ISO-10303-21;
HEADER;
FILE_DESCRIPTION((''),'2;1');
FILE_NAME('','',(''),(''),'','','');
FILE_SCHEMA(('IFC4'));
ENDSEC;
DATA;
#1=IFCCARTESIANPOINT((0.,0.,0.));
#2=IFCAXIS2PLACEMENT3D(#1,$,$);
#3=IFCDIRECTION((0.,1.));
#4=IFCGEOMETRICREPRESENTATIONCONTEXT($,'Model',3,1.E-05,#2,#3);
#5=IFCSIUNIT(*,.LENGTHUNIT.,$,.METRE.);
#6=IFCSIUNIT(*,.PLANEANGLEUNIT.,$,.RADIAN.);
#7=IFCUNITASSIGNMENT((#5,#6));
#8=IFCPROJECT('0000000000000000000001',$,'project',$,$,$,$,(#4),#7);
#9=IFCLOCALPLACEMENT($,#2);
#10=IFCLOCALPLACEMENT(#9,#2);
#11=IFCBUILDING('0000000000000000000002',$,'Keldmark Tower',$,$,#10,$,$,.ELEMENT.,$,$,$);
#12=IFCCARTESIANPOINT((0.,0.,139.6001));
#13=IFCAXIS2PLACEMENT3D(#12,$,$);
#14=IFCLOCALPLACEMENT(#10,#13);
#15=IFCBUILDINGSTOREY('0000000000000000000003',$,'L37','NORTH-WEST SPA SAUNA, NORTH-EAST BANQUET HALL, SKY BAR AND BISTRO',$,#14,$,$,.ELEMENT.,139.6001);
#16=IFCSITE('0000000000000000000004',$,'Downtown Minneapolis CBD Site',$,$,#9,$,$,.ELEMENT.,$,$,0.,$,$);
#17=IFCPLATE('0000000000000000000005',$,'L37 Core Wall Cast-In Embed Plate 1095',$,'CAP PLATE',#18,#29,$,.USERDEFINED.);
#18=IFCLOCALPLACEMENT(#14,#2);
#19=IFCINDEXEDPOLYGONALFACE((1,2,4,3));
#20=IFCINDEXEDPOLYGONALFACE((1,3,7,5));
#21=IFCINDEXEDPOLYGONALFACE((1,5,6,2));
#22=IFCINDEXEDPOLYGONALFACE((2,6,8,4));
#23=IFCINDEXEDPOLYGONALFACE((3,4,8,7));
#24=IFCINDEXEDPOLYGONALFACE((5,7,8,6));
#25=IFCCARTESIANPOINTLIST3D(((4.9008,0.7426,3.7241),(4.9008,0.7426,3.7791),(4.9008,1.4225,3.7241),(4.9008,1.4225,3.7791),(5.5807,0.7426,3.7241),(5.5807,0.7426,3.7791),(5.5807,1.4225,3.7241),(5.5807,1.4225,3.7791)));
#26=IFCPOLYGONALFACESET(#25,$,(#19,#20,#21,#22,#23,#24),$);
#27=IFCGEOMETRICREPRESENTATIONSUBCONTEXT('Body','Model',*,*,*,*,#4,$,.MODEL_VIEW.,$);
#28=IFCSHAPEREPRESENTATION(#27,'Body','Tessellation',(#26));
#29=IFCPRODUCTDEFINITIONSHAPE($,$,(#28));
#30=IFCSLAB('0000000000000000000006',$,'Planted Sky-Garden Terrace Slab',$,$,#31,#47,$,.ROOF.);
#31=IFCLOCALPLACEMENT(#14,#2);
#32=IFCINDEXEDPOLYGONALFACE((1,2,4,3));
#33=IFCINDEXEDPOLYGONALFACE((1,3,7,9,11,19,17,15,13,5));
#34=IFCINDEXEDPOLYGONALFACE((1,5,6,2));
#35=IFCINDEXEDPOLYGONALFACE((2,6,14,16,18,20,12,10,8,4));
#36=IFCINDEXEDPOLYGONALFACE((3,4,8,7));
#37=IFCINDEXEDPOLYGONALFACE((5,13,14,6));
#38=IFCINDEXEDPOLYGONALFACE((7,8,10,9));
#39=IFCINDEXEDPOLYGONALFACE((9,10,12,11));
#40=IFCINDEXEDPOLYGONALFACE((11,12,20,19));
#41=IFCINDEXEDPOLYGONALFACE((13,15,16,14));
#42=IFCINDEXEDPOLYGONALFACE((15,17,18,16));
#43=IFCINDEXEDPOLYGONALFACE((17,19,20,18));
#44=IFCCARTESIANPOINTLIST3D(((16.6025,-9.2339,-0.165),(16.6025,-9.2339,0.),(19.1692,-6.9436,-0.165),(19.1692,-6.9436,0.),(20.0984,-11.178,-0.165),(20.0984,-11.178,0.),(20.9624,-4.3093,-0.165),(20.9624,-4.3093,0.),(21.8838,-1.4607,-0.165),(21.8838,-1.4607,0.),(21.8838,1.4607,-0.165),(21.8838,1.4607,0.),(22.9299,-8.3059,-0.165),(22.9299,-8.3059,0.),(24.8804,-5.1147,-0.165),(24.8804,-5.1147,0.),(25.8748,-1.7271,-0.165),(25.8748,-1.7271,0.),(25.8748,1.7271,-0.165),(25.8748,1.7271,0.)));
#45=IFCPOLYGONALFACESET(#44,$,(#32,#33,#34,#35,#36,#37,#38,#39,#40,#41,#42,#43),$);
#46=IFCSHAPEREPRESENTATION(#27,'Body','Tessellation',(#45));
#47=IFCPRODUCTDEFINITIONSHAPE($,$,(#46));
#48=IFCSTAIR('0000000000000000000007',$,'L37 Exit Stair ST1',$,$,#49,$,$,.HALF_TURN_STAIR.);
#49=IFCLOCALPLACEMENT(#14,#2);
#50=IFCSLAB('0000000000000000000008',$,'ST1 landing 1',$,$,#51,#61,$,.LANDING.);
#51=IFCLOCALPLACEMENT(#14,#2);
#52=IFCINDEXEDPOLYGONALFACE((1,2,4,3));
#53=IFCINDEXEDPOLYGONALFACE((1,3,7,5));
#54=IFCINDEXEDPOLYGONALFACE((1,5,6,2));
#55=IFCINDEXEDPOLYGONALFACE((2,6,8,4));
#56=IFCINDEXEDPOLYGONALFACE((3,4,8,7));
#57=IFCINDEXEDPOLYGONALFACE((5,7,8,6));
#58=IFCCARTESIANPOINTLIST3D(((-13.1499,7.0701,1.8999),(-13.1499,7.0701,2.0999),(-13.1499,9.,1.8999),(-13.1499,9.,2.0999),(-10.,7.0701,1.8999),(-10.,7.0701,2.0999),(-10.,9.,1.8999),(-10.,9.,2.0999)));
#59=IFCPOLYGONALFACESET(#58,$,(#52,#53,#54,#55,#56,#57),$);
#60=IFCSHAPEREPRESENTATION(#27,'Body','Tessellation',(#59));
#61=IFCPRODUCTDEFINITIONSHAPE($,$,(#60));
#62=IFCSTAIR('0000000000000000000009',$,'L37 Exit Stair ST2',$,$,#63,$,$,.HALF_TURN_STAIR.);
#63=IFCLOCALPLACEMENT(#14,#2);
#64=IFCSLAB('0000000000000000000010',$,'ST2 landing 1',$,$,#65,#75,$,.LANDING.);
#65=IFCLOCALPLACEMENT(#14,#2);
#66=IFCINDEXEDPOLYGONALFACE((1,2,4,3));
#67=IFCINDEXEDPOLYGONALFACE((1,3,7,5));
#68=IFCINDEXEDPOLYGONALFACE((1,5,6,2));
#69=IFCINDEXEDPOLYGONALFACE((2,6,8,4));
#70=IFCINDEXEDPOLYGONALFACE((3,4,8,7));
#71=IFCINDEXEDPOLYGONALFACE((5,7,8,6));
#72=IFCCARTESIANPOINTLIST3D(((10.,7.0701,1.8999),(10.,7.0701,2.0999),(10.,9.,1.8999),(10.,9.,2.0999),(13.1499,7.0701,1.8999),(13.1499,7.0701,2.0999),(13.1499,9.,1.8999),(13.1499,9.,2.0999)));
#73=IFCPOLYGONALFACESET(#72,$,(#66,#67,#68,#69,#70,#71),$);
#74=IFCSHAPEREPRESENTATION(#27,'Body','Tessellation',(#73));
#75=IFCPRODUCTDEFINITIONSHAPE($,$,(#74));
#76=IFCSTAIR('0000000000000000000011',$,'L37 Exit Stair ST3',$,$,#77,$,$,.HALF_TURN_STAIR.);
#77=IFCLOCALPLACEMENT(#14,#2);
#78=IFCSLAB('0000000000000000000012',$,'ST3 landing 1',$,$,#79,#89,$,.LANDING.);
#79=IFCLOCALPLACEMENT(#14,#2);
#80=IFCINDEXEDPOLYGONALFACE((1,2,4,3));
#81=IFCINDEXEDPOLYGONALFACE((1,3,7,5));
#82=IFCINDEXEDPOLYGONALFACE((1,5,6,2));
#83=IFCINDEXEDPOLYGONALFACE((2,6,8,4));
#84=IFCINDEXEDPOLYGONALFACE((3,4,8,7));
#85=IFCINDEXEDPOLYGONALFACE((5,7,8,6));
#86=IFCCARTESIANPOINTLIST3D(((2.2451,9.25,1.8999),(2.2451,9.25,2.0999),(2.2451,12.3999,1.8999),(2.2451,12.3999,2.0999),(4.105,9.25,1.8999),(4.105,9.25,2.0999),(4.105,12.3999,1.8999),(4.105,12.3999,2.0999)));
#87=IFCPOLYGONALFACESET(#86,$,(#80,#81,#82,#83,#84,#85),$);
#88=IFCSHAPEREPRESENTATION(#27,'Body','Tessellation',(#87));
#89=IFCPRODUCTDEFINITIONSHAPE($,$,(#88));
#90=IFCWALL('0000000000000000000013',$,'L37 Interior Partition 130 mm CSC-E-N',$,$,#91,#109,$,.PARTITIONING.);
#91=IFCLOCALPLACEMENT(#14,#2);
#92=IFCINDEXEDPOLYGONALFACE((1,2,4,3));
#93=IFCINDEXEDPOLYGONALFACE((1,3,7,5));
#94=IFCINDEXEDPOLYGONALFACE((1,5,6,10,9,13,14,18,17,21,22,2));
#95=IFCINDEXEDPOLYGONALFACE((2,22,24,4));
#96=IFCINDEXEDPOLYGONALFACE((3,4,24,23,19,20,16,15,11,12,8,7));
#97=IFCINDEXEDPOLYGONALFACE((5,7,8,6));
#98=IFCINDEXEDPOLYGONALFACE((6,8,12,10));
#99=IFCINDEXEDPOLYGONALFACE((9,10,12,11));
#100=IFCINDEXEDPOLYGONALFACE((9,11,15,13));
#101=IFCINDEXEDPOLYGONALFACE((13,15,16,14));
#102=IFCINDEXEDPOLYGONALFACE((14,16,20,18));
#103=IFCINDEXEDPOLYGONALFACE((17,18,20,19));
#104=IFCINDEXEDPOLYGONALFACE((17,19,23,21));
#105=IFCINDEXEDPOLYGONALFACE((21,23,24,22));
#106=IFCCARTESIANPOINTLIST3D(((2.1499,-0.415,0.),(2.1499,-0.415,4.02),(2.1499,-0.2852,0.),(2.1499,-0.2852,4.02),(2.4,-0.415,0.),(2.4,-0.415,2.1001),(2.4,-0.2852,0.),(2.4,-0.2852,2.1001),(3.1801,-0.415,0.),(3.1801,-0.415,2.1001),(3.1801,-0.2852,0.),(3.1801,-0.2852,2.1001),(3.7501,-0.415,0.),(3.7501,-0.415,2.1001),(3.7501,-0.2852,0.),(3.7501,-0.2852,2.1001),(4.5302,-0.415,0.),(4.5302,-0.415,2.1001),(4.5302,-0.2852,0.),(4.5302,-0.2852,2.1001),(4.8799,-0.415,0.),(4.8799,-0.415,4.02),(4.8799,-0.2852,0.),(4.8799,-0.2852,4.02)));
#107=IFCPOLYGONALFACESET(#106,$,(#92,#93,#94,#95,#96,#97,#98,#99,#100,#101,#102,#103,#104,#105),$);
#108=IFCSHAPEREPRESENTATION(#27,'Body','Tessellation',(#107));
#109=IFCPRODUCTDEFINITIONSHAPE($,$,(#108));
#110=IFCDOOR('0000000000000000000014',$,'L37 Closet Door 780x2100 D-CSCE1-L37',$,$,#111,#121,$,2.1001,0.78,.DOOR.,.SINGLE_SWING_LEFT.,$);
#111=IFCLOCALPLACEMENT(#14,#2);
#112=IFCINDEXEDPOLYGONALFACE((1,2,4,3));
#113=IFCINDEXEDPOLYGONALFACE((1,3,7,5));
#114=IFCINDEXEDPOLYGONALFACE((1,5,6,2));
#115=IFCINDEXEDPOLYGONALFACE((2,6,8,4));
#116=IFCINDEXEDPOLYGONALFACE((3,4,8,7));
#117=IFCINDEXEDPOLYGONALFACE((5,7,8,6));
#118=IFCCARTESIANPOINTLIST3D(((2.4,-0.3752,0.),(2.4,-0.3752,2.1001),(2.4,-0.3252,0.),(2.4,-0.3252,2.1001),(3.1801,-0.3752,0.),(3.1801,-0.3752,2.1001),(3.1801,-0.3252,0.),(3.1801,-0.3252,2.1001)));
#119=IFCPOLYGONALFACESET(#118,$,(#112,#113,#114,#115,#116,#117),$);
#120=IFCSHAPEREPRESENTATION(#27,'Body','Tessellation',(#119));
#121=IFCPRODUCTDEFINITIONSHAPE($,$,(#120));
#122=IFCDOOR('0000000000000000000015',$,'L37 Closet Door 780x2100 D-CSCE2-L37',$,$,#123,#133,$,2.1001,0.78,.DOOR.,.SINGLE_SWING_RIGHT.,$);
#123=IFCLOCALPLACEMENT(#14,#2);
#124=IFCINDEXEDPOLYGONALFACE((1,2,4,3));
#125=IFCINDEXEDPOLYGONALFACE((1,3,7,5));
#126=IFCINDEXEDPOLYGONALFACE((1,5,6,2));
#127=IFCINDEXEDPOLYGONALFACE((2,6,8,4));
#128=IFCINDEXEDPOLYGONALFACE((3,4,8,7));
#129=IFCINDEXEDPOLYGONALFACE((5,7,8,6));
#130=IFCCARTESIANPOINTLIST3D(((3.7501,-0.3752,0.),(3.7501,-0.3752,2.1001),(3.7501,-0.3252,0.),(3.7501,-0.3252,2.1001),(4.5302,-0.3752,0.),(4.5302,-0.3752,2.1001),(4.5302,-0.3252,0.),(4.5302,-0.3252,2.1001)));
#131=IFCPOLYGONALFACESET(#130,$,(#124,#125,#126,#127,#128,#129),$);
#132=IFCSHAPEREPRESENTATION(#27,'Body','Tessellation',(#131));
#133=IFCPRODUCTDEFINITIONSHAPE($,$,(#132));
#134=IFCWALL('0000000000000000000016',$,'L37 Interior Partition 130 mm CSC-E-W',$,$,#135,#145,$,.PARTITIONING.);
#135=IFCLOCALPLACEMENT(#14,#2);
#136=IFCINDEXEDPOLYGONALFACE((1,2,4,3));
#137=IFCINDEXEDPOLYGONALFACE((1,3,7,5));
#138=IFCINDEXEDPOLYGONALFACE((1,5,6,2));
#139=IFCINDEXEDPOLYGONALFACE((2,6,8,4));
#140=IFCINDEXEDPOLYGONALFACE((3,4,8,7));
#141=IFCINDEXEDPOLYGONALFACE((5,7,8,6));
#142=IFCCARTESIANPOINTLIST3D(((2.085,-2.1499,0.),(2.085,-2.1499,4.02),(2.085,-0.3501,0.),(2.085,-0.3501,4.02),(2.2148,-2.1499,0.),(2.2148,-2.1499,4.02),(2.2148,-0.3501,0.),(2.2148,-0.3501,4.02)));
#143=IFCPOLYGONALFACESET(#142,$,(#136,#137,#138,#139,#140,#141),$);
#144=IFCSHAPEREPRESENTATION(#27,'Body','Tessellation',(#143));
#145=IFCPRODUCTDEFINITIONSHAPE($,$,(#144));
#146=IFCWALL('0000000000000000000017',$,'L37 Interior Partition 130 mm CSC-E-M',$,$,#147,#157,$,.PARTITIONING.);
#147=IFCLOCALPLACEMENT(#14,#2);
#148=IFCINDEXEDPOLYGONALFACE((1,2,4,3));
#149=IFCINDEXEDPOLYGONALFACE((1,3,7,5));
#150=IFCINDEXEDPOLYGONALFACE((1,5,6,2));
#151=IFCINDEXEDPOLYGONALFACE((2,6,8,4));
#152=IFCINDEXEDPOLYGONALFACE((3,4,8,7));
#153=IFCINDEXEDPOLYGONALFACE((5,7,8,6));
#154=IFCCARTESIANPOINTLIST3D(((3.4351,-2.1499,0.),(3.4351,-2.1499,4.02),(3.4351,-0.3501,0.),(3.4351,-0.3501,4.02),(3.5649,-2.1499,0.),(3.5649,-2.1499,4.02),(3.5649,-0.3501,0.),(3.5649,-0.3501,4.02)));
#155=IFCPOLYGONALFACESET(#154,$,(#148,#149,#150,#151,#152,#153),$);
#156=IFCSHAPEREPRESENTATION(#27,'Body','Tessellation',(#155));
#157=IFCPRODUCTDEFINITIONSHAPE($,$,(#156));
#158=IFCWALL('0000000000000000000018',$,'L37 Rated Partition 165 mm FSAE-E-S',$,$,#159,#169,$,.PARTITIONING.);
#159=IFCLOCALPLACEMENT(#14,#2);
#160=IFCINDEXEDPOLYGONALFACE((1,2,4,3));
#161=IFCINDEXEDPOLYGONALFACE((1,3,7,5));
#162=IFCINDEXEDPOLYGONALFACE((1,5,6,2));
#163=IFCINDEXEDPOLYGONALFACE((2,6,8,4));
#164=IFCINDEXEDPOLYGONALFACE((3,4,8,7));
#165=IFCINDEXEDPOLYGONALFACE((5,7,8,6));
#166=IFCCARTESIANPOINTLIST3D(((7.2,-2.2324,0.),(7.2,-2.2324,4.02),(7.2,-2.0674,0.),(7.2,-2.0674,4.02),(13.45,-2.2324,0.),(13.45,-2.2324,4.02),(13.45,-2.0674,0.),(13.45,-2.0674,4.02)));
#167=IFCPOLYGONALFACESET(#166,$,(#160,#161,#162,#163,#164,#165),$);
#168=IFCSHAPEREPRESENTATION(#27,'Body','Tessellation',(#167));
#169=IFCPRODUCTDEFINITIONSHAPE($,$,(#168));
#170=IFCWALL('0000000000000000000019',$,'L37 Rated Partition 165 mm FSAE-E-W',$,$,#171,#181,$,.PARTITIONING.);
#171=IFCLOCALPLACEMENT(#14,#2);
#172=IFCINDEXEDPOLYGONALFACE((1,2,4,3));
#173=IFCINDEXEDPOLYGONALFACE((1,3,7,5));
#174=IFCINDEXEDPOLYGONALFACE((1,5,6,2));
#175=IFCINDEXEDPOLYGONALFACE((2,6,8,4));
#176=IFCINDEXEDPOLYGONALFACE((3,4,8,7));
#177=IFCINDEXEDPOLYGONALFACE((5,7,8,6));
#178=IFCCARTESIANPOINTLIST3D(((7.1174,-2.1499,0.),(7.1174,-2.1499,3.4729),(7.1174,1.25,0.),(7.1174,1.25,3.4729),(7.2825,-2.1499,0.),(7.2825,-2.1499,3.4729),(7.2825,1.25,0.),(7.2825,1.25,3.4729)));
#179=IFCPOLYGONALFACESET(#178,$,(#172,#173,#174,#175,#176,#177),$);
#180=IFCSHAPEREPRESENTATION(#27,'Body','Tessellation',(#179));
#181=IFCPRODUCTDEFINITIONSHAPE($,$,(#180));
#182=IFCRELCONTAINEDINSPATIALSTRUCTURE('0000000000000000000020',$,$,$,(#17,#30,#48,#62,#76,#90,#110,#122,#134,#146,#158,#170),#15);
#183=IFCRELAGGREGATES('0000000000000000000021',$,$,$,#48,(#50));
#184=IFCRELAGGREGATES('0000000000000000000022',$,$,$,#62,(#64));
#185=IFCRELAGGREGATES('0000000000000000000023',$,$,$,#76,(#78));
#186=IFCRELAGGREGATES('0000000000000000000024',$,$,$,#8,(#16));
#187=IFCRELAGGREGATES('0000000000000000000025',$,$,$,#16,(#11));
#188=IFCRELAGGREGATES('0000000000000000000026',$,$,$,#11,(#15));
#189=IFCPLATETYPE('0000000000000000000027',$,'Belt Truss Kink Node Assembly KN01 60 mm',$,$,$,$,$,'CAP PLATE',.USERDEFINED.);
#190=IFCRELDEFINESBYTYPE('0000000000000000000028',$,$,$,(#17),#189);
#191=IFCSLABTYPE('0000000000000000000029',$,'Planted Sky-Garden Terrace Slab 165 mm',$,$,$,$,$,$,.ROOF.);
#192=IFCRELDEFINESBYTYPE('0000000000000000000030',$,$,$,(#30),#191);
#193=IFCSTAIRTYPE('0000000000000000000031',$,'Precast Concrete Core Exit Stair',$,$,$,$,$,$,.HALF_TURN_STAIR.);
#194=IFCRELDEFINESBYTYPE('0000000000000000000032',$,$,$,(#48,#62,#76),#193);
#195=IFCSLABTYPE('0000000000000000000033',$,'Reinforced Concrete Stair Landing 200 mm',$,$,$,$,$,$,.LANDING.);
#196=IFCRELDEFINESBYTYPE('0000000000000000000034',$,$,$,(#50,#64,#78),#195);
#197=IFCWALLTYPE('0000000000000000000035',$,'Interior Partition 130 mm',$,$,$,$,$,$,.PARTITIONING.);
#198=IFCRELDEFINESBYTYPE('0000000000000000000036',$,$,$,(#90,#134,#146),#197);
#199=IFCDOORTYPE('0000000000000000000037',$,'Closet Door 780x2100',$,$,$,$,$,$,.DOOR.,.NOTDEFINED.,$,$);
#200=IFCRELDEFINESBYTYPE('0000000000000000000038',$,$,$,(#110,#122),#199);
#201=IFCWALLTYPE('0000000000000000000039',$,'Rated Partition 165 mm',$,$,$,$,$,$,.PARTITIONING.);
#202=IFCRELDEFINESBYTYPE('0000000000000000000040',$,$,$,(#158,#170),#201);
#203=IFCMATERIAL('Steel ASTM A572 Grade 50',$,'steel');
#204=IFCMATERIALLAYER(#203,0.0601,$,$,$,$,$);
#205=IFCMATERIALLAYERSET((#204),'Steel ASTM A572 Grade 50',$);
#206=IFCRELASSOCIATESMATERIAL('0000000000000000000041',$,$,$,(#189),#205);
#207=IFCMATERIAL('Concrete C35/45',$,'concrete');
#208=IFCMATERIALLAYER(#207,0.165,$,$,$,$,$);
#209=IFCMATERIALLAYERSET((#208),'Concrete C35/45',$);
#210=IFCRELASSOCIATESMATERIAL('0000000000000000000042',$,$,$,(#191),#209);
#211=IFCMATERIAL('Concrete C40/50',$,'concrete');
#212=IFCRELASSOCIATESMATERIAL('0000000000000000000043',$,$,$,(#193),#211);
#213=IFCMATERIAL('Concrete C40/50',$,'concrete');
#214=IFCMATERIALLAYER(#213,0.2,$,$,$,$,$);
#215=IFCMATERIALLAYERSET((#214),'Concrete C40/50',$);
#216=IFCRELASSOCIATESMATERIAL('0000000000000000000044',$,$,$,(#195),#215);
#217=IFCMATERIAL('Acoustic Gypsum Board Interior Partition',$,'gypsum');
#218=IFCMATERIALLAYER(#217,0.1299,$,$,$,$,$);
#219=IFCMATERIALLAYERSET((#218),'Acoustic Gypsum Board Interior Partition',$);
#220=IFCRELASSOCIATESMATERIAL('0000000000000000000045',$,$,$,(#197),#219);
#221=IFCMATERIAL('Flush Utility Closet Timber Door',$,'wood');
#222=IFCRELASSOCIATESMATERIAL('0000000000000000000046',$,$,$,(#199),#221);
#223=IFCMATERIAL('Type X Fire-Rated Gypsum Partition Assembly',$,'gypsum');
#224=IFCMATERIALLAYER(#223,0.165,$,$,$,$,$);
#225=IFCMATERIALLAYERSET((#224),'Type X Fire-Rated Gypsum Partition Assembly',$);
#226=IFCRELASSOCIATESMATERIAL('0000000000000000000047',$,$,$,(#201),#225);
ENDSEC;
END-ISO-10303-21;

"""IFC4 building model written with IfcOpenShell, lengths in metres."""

from ifc_helpers import new_model, si_unit, direction, frame, frame_2d, origin, origin_2d, place, context, subcontext, project, spatial, polyline, rectangle, outline, extrude, material, layer, layer_set, type_object, element, fill, aggregate, save


model = new_model("IFC4")

# Units and contexts
model_context = context("Model", 3, precision=1e-05, world=origin(), true_north=direction((0.0, 1.0)))
body_context = subcontext(model_context, "Body", "Model", "MODEL_VIEW")
ifc_project = project(units=[si_unit("LENGTHUNIT", "METRE"), si_unit("PLANEANGLEUNIT", "RADIAN")], contexts=[model_context])

# Site, building, storey
site_placement = place(None, origin())
site = spatial("IfcSite", under=ifc_project, at=site_placement, Name="Downtown Minneapolis CBD Site", CompositionType="ELEMENT", RefElevation=0.0)
building_placement = place(site_placement, origin())
building = spatial("IfcBuilding", under=site, at=building_placement, Name="Keldmark Tower", CompositionType="ELEMENT")
storey_placement = place(building_placement, frame((0.0, 0.0, 139.6001)))
storey = spatial("IfcBuildingStorey", under=building, at=storey_placement, Name="L37", Description="NORTH-WEST SPA SAUNA, NORTH-EAST BANQUET HALL, SKY BAR AND BISTRO", CompositionType="ELEMENT", Elevation=139.6001)

# Plate
ifc_material_1 = material(Name="Steel ASTM A572 Grade 50", Category="steel")
ifc_layer_1 = layer(ifc_material_1, 0.0601)
ifc_layer_set_1 = layer_set([ifc_layer_1], Name="Steel ASTM A572 Grade 50")
plate_type = type_object("IfcPlateType", Name="Belt Truss Kink Node Assembly KN01 60 mm", ElementType="CAP PLATE", PredefinedType="USERDEFINED", material=ifc_layer_set_1)
plate_placement = place(storey_placement, frame((5.2407, 1.0825, 3.7241), z_axis=(0.0, 0.0, 1.0), x_axis=(1.0, 0.0, 0.0)))
element("IfcPlate", 1, at=plate_placement, inside=storey, type_object=plate_type, Name="L37 Core Wall Cast-In Embed Plate 1095", ObjectType="CAP PLATE", PredefinedType="USERDEFINED", context=body_context, shape_type="SweptSolid", body=[
    extrude(rectangle(XDim=0.6799, YDim=0.6799, at=origin_2d()), origin(), (0.0, 0.0, 1.0), 0.0549),
])

# Slab
ifc_material_2 = material(Name="Concrete C35/45", Category="concrete")
ifc_layer_2 = layer(ifc_material_2, 0.165)
ifc_layer_set_2 = layer_set([ifc_layer_2], Name="Concrete C35/45")
slab_type_1 = type_object("IfcSlabType", Name="Planted Sky-Garden Terrace Slab 165 mm", PredefinedType="ROOF", material=ifc_layer_set_2)
slab_1_placement = place(storey_placement, frame((0.0, 0.0, -0.165)))
element("IfcSlab", 2, at=slab_1_placement, inside=storey, type_object=slab_type_1, Name="Planted Sky-Garden Terrace Slab", PredefinedType="ROOF", context=body_context, shape_type="SweptSolid", body=[
    extrude(outline(polyline([(20.0984, -11.178), (22.9299, -8.3059), (24.8804, -5.1147), (25.8748, -1.7271), (25.8748, 1.7271), (21.8838, 1.4607), (21.8838, -1.4607), (20.9624, -4.3093), (19.1692, -6.9436), (16.6025, -9.2339), (20.0984, -11.178)])), origin(), (0.0, 0.0, 1.0), 0.165),
])

# Stairs, slabs
ifc_material_3 = material(Name="Concrete C40/50", Category="concrete")
stair_type = type_object("IfcStairType", Name="Precast Concrete Core Exit Stair", PredefinedType="HALF_TURN_STAIR", material=ifc_material_3)
stair_1_placement = place(storey_placement, origin())
stair_1 = element("IfcStair", 3, at=stair_1_placement, inside=storey, type_object=stair_type, Name="L37 Exit Stair ST1", PredefinedType="HALF_TURN_STAIR")
ifc_material_4 = material(Name="Concrete C40/50", Category="concrete")
ifc_layer_3 = layer(ifc_material_4, 0.2)
ifc_layer_set_3 = layer_set([ifc_layer_3], Name="Concrete C40/50")
slab_type_2 = type_object("IfcSlabType", Name="Reinforced Concrete Stair Landing 200 mm", PredefinedType="LANDING", material=ifc_layer_set_3)
slab_2_placement = place(storey_placement, frame((0.0, 0.0, 1.8999)))
slab_2 = element("IfcSlab", 4, at=slab_2_placement, type_object=slab_type_2, Name="ST1 landing 1", PredefinedType="LANDING", context=body_context, shape_type="SweptSolid", body=[
    extrude(outline(polyline([(-10.0, 7.0701), (-10.0, 9.0), (-13.1499, 9.0), (-13.1499, 7.0701), (-10.0, 7.0701)])), origin(), (0.0, 0.0, 1.0), 0.2),
])
aggregate(stair_1, [slab_2])
stair_2_placement = place(storey_placement, origin())
stair_2 = element("IfcStair", 5, at=stair_2_placement, inside=storey, type_object=stair_type, Name="L37 Exit Stair ST2", PredefinedType="HALF_TURN_STAIR")
slab_3_placement = place(storey_placement, frame((0.0, 0.0, 1.8999)))
slab_3 = element("IfcSlab", 6, at=slab_3_placement, type_object=slab_type_2, Name="ST2 landing 1", PredefinedType="LANDING", context=body_context, shape_type="SweptSolid", body=[
    extrude(outline(polyline([(13.1499, 7.0701), (13.1499, 9.0), (10.0, 9.0), (10.0, 7.0701), (13.1499, 7.0701)])), origin(), (0.0, 0.0, 1.0), 0.2),
])
aggregate(stair_2, [slab_3])
stair_3_placement = place(storey_placement, origin())
stair_3 = element("IfcStair", 7, at=stair_3_placement, inside=storey, type_object=stair_type, Name="L37 Exit Stair ST3", PredefinedType="HALF_TURN_STAIR")
slab_4_placement = place(storey_placement, frame((0.0, 0.0, 1.8999)))
slab_4 = element("IfcSlab", 8, at=slab_4_placement, type_object=slab_type_2, Name="ST3 landing 1", PredefinedType="LANDING", context=body_context, shape_type="SweptSolid", body=[
    extrude(outline(polyline([(2.2451, 9.25), (4.105, 9.25), (4.105, 12.3999), (2.2451, 12.3999), (2.2451, 9.25)])), origin(), (0.0, 0.0, 1.0), 0.2),
])
aggregate(stair_3, [slab_4])

# Wall, openings, doors
ifc_material_5 = material(Name="Acoustic Gypsum Board Interior Partition", Category="gypsum")
ifc_layer_4 = layer(ifc_material_5, 0.1299)
ifc_layer_set_4 = layer_set([ifc_layer_4], Name="Acoustic Gypsum Board Interior Partition")
wall_type_1 = type_object("IfcWallType", Name="Interior Partition 130 mm", PredefinedType="PARTITIONING", material=ifc_layer_set_4)
wall_1_placement = place(storey_placement, frame((2.1499, -0.3501, 0.0), z_axis=(0.0, 0.0, 1.0), x_axis=(1.0, 0.0, 0.0)))
wall_1 = element("IfcWall", 9, at=wall_1_placement, inside=storey, type_object=wall_type_1, Name="L37 Interior Partition 130 mm CSC-E-N", PredefinedType="PARTITIONING", context=body_context, shape_type="SweptSolid", body=[
    extrude(rectangle(XDim=2.73, YDim=0.1299, at=frame_2d((1.365, 0.0))), origin(), (0.0, 0.0, 1.0), 4.02),
])
opening_1_placement = place(wall_1_placement, frame((0.25, 0.0, 0.0)))
opening_1 = element("IfcOpeningElement", 10, at=opening_1_placement, cuts=wall_1, PredefinedType="OPENING", context=body_context, shape_type="SweptSolid", body=[
    extrude(rectangle(XDim=0.78, YDim=2.1001, at=frame_2d((0.3901, 1.05))), frame((0.0, 0.075, 0.0), z_axis=(0.0, -1.0, 0.0), x_axis=(1.0, 0.0, 0.0)), (0.0, 0.0, 1.0), 0.1499),
])
opening_2_placement = place(wall_1_placement, frame((1.6001, 0.0, 0.0)))
opening_2 = element("IfcOpeningElement", 11, at=opening_2_placement, cuts=wall_1, PredefinedType="OPENING", context=body_context, shape_type="SweptSolid", body=[
    extrude(rectangle(XDim=0.78, YDim=2.1001, at=frame_2d((0.3901, 1.05))), frame((0.0, 0.075, 0.0), z_axis=(0.0, -1.0, 0.0), x_axis=(1.0, 0.0, 0.0)), (0.0, 0.0, 1.0), 0.1499),
])
ifc_material_6 = material(Name="Flush Utility Closet Timber Door", Category="wood")
door_type_1 = type_object("IfcDoorType", Name="Closet Door 780x2100", OperationType="NOTDEFINED", PredefinedType="DOOR", material=ifc_material_6)
door_1_placement = place(opening_1_placement, origin())
door_1 = element("IfcDoor", 12, at=door_1_placement, inside=storey, type_object=door_type_1, Name="L37 Closet Door 780x2100 D-CSCE1-L37", OperationType="SINGLE_SWING_LEFT", OverallHeight=2.1001, OverallWidth=0.78, PredefinedType="DOOR", context=body_context, shape_type="SweptSolid", body=[
    extrude(rectangle(XDim=0.78, YDim=2.1001, at=frame_2d((0.3901, 1.05))), frame((0.0, 0.0249, 0.0), z_axis=(0.0, -1.0, 0.0), x_axis=(1.0, 0.0, 0.0)), (0.0, 0.0, 1.0), 0.05),
])
fill(opening_1, door_1)
door_2_placement = place(opening_2_placement, origin())
door_2 = element("IfcDoor", 13, at=door_2_placement, inside=storey, type_object=door_type_1, Name="L37 Closet Door 780x2100 D-CSCE2-L37", OperationType="SINGLE_SWING_RIGHT", OverallHeight=2.1001, OverallWidth=0.78, PredefinedType="DOOR", context=body_context, shape_type="SweptSolid", body=[
    extrude(rectangle(XDim=0.78, YDim=2.1001, at=frame_2d((0.3901, 1.05))), frame((0.0, 0.0249, 0.0), z_axis=(0.0, -1.0, 0.0), x_axis=(1.0, 0.0, 0.0)), (0.0, 0.0, 1.0), 0.05),
])
fill(opening_2, door_2)

# Walls
for number, where, z_axis, x_axis, name in (
    (14, (2.1499, -2.1499, 0.0), (0.0, 0.0, 1.0), (0.0, 1.0, 0.0), "L37 Interior Partition 130 mm CSC-E-W"),
    (15, (3.5, -2.1499, 0.0), (0.0, 0.0, 1.0), (0.0, 1.0, 0.0), "L37 Interior Partition 130 mm CSC-E-M"),
):
    element("IfcWall", number, at=place(storey_placement, frame(where, z_axis=z_axis, x_axis=x_axis)), inside=storey, type_object=wall_type_1, Name=name, PredefinedType="PARTITIONING", context=body_context, shape_type="SweptSolid", body=[
        extrude(rectangle(XDim=1.7998, YDim=0.1299, at=frame_2d((0.8999, 0.0))), origin(), (0.0, 0.0, 1.0), 4.02),
    ])
ifc_material_7 = material(Name="Type X Fire-Rated Gypsum Partition Assembly", Category="gypsum")
ifc_layer_5 = layer(ifc_material_7, 0.165)
ifc_layer_set_5 = layer_set([ifc_layer_5], Name="Type X Fire-Rated Gypsum Partition Assembly")
wall_type_2 = type_object("IfcWallType", Name="Rated Partition 165 mm", PredefinedType="PARTITIONING", material=ifc_layer_set_5)
wall_2_placement = place(storey_placement, frame((7.2, -2.1499, 0.0), z_axis=(0.0, 0.0, 1.0), x_axis=(1.0, 0.0, 0.0)))
element("IfcWall", 16, at=wall_2_placement, inside=storey, type_object=wall_type_2, Name="L37 Rated Partition 165 mm FSAE-E-S", PredefinedType="PARTITIONING", context=body_context, shape_type="SweptSolid", body=[
    extrude(rectangle(XDim=6.25, YDim=0.165, at=frame_2d((3.125, 0.0))), origin(), (0.0, 0.0, 1.0), 4.02),
])
wall_3_placement = place(storey_placement, frame((7.2, -2.1499, 0.0), z_axis=(0.0, 0.0, 1.0), x_axis=(0.0, 1.0, 0.0)))
element("IfcWall", 17, at=wall_3_placement, inside=storey, type_object=wall_type_2, Name="L37 Rated Partition 165 mm FSAE-E-W", PredefinedType="PARTITIONING", context=body_context, shape_type="SweptSolid", body=[
    extrude(rectangle(XDim=3.3999, YDim=0.165, at=frame_2d((1.7, 0.0))), origin(), (0.0, 0.0, 1.0), 3.4729),
])

save(model, "model.ifc")
